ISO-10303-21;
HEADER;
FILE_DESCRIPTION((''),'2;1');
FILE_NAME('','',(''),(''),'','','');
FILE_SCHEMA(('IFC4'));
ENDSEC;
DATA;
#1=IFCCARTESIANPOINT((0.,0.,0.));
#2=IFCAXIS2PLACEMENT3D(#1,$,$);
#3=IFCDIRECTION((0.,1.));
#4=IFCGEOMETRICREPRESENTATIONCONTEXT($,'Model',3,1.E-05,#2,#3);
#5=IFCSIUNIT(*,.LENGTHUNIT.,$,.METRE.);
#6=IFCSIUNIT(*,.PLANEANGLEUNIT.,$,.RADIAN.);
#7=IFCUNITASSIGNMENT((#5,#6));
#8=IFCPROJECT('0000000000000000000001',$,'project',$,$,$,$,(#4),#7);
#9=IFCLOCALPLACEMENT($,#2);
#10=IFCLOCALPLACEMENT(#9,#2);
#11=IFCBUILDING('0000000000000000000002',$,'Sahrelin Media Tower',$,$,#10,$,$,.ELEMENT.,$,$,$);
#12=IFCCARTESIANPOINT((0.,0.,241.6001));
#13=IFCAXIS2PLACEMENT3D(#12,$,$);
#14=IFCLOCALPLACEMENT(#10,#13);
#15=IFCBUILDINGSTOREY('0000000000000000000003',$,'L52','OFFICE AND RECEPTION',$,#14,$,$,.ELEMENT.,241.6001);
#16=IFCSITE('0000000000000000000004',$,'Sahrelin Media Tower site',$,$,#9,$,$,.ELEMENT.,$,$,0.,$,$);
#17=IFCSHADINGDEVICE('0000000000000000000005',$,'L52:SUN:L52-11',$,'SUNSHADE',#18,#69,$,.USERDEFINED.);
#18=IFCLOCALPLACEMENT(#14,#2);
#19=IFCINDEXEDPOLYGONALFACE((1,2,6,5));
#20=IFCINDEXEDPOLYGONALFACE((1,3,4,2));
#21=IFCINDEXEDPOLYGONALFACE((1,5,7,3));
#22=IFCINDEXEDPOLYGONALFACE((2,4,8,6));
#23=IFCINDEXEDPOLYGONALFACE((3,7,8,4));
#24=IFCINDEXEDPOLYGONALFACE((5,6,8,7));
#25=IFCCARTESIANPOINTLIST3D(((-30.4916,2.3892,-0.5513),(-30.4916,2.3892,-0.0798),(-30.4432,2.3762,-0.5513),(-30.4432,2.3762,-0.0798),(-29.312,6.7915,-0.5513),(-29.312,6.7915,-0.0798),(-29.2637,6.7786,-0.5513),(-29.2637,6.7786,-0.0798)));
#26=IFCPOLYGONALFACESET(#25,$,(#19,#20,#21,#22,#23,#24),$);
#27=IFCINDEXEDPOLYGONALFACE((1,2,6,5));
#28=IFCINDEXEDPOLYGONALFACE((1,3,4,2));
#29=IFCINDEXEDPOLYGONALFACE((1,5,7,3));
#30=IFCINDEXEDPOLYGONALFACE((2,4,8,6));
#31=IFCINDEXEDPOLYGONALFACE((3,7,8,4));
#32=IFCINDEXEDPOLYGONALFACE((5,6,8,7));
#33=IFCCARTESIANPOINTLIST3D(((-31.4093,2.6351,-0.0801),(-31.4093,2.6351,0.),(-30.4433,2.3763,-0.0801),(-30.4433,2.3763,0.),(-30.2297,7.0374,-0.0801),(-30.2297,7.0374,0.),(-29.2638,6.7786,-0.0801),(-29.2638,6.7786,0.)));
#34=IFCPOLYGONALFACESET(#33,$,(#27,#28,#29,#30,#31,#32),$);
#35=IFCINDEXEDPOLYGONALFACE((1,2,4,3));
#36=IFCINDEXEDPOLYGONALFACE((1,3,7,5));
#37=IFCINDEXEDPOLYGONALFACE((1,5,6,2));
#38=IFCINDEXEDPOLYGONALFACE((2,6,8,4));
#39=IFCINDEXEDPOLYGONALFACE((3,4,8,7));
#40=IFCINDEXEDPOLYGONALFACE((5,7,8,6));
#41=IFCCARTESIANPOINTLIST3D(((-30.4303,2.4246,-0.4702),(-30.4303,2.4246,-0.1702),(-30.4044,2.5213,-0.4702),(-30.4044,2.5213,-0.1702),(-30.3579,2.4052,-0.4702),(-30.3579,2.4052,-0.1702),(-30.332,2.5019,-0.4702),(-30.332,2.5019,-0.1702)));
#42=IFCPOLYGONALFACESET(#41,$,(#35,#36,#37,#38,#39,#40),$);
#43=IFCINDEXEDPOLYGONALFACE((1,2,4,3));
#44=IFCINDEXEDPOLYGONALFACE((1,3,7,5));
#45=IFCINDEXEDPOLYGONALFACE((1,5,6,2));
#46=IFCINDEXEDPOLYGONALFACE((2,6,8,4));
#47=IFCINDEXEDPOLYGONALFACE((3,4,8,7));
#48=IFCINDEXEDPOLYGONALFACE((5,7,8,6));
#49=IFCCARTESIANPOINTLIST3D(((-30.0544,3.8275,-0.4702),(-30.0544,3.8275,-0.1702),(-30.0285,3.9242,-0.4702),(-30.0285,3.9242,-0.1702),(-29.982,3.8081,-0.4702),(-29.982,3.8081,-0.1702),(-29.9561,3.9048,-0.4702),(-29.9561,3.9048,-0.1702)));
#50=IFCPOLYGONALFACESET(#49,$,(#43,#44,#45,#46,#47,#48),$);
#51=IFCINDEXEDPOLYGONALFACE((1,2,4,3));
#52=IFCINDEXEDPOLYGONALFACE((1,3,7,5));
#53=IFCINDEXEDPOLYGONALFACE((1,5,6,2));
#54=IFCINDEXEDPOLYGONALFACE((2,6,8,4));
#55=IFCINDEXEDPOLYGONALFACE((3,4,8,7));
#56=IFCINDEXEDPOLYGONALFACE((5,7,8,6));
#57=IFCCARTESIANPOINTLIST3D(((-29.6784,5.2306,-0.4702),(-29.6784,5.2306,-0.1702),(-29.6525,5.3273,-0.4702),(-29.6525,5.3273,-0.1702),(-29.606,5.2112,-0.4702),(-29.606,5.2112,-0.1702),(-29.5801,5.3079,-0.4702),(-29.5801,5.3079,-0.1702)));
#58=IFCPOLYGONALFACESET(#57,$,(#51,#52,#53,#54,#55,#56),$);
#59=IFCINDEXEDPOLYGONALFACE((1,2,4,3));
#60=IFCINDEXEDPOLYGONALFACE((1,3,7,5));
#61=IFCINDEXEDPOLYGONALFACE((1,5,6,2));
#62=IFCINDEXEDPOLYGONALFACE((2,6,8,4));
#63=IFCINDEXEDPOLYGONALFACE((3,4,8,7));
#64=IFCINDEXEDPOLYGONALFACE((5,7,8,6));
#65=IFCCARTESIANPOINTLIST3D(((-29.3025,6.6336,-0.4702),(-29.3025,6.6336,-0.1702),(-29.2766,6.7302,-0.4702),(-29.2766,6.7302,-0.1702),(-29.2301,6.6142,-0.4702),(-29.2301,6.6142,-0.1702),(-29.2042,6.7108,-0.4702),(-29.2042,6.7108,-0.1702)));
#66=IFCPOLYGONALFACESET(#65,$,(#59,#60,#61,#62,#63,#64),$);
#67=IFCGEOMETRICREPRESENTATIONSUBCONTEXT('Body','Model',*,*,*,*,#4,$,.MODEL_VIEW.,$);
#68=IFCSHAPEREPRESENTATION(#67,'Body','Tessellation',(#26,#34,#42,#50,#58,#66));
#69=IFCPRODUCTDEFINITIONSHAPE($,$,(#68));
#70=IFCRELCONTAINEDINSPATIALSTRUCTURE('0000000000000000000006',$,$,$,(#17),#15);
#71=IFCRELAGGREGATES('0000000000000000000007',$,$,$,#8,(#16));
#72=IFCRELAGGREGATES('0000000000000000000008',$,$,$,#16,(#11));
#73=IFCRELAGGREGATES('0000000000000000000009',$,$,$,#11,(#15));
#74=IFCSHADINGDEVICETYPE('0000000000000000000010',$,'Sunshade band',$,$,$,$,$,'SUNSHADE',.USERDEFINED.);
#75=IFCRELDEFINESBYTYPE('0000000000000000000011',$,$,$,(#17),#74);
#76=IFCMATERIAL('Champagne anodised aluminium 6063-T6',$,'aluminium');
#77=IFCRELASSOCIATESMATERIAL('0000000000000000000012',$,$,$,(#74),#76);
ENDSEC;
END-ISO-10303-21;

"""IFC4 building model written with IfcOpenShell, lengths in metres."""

from ifc_helpers import new_model, si_unit, direction, frame, origin, origin_2d, place, context, subcontext, project, spatial, rectangle, extrude, material, type_object, element, save


model = new_model("IFC4")

# Units and contexts
model_context = context("Model", 3, precision=1e-05, world=origin(), true_north=direction((0.0, 1.0)))
body_context = subcontext(model_context, "Body", "Model", "MODEL_VIEW")
ifc_project = project(units=[si_unit("LENGTHUNIT", "METRE"), si_unit("PLANEANGLEUNIT", "RADIAN")], contexts=[model_context])

# Site, building, storey
site_placement = place(None, origin())
site = spatial("IfcSite", under=ifc_project, at=site_placement, Name="Sahrelin Media Tower site", CompositionType="ELEMENT", RefElevation=0.0)
building_placement = place(site_placement, origin())
building = spatial("IfcBuilding", under=site, at=building_placement, Name="Sahrelin Media Tower", CompositionType="ELEMENT")
storey_placement = place(building_placement, frame((0.0, 0.0, 241.6001)))
storey = spatial("IfcBuildingStorey", under=building, at=storey_placement, Name="L52", Description="OFFICE AND RECEPTION", CompositionType="ELEMENT", Elevation=241.6001)

# Shared definitions
ifc_material_1 = material(Name="Champagne anodised aluminium 6063-T6", Category="aluminium")

# Shading device
placement_1 = place(storey_placement, frame((-29.8342, 4.5723, 0.0), z_axis=(0.0, 0.0, 1.0), x_axis=(0.258808, 0.965929, 0.0)))
shading_device_type_1 = type_object("IfcShadingDeviceType", Name="Sunshade band", ElementType="SUNSHADE", PredefinedType="USERDEFINED", material=ifc_material_1)
element("IfcShadingDevice", 1, at=placement_1, inside=storey, type_object=shading_device_type_1, Name="L52:SUN:L52-11", ObjectType="SUNSHADE", PredefinedType="USERDEFINED", context=body_context, shape_type="SweptSolid", body=[
    extrude(rectangle(XDim=4.5576, YDim=0.05, at=origin_2d()), frame((0.0, 0.0449, -0.5513)), (0.0, 0.0, 1.0), 0.4714),
    extrude(rectangle(XDim=4.5576, YDim=1.0, at=origin_2d()), frame((0.0, 0.52, -0.0801)), (0.0, 0.0, 1.0), 0.0801),
    extrude(rectangle(XDim=0.1001, YDim=0.075, at=origin_2d()), frame((-2.1787, -0.0176, -0.4702)), (0.0, 0.0, 1.0), 0.3),
    extrude(rectangle(XDim=0.1001, YDim=0.075, at=origin_2d()), frame((-0.7263, -0.0176, -0.4702)), (0.0, 0.0, 1.0), 0.3),
    extrude(rectangle(XDim=0.1001, YDim=0.075, at=origin_2d()), frame((0.7263, -0.0176, -0.4702)), (0.0, 0.0, 1.0), 0.3),
    extrude(rectangle(XDim=0.1001, YDim=0.075, at=origin_2d()), frame((2.1787, -0.0176, -0.4702)), (0.0, 0.0, 1.0), 0.3),
])

save(model, "model.ifc")
